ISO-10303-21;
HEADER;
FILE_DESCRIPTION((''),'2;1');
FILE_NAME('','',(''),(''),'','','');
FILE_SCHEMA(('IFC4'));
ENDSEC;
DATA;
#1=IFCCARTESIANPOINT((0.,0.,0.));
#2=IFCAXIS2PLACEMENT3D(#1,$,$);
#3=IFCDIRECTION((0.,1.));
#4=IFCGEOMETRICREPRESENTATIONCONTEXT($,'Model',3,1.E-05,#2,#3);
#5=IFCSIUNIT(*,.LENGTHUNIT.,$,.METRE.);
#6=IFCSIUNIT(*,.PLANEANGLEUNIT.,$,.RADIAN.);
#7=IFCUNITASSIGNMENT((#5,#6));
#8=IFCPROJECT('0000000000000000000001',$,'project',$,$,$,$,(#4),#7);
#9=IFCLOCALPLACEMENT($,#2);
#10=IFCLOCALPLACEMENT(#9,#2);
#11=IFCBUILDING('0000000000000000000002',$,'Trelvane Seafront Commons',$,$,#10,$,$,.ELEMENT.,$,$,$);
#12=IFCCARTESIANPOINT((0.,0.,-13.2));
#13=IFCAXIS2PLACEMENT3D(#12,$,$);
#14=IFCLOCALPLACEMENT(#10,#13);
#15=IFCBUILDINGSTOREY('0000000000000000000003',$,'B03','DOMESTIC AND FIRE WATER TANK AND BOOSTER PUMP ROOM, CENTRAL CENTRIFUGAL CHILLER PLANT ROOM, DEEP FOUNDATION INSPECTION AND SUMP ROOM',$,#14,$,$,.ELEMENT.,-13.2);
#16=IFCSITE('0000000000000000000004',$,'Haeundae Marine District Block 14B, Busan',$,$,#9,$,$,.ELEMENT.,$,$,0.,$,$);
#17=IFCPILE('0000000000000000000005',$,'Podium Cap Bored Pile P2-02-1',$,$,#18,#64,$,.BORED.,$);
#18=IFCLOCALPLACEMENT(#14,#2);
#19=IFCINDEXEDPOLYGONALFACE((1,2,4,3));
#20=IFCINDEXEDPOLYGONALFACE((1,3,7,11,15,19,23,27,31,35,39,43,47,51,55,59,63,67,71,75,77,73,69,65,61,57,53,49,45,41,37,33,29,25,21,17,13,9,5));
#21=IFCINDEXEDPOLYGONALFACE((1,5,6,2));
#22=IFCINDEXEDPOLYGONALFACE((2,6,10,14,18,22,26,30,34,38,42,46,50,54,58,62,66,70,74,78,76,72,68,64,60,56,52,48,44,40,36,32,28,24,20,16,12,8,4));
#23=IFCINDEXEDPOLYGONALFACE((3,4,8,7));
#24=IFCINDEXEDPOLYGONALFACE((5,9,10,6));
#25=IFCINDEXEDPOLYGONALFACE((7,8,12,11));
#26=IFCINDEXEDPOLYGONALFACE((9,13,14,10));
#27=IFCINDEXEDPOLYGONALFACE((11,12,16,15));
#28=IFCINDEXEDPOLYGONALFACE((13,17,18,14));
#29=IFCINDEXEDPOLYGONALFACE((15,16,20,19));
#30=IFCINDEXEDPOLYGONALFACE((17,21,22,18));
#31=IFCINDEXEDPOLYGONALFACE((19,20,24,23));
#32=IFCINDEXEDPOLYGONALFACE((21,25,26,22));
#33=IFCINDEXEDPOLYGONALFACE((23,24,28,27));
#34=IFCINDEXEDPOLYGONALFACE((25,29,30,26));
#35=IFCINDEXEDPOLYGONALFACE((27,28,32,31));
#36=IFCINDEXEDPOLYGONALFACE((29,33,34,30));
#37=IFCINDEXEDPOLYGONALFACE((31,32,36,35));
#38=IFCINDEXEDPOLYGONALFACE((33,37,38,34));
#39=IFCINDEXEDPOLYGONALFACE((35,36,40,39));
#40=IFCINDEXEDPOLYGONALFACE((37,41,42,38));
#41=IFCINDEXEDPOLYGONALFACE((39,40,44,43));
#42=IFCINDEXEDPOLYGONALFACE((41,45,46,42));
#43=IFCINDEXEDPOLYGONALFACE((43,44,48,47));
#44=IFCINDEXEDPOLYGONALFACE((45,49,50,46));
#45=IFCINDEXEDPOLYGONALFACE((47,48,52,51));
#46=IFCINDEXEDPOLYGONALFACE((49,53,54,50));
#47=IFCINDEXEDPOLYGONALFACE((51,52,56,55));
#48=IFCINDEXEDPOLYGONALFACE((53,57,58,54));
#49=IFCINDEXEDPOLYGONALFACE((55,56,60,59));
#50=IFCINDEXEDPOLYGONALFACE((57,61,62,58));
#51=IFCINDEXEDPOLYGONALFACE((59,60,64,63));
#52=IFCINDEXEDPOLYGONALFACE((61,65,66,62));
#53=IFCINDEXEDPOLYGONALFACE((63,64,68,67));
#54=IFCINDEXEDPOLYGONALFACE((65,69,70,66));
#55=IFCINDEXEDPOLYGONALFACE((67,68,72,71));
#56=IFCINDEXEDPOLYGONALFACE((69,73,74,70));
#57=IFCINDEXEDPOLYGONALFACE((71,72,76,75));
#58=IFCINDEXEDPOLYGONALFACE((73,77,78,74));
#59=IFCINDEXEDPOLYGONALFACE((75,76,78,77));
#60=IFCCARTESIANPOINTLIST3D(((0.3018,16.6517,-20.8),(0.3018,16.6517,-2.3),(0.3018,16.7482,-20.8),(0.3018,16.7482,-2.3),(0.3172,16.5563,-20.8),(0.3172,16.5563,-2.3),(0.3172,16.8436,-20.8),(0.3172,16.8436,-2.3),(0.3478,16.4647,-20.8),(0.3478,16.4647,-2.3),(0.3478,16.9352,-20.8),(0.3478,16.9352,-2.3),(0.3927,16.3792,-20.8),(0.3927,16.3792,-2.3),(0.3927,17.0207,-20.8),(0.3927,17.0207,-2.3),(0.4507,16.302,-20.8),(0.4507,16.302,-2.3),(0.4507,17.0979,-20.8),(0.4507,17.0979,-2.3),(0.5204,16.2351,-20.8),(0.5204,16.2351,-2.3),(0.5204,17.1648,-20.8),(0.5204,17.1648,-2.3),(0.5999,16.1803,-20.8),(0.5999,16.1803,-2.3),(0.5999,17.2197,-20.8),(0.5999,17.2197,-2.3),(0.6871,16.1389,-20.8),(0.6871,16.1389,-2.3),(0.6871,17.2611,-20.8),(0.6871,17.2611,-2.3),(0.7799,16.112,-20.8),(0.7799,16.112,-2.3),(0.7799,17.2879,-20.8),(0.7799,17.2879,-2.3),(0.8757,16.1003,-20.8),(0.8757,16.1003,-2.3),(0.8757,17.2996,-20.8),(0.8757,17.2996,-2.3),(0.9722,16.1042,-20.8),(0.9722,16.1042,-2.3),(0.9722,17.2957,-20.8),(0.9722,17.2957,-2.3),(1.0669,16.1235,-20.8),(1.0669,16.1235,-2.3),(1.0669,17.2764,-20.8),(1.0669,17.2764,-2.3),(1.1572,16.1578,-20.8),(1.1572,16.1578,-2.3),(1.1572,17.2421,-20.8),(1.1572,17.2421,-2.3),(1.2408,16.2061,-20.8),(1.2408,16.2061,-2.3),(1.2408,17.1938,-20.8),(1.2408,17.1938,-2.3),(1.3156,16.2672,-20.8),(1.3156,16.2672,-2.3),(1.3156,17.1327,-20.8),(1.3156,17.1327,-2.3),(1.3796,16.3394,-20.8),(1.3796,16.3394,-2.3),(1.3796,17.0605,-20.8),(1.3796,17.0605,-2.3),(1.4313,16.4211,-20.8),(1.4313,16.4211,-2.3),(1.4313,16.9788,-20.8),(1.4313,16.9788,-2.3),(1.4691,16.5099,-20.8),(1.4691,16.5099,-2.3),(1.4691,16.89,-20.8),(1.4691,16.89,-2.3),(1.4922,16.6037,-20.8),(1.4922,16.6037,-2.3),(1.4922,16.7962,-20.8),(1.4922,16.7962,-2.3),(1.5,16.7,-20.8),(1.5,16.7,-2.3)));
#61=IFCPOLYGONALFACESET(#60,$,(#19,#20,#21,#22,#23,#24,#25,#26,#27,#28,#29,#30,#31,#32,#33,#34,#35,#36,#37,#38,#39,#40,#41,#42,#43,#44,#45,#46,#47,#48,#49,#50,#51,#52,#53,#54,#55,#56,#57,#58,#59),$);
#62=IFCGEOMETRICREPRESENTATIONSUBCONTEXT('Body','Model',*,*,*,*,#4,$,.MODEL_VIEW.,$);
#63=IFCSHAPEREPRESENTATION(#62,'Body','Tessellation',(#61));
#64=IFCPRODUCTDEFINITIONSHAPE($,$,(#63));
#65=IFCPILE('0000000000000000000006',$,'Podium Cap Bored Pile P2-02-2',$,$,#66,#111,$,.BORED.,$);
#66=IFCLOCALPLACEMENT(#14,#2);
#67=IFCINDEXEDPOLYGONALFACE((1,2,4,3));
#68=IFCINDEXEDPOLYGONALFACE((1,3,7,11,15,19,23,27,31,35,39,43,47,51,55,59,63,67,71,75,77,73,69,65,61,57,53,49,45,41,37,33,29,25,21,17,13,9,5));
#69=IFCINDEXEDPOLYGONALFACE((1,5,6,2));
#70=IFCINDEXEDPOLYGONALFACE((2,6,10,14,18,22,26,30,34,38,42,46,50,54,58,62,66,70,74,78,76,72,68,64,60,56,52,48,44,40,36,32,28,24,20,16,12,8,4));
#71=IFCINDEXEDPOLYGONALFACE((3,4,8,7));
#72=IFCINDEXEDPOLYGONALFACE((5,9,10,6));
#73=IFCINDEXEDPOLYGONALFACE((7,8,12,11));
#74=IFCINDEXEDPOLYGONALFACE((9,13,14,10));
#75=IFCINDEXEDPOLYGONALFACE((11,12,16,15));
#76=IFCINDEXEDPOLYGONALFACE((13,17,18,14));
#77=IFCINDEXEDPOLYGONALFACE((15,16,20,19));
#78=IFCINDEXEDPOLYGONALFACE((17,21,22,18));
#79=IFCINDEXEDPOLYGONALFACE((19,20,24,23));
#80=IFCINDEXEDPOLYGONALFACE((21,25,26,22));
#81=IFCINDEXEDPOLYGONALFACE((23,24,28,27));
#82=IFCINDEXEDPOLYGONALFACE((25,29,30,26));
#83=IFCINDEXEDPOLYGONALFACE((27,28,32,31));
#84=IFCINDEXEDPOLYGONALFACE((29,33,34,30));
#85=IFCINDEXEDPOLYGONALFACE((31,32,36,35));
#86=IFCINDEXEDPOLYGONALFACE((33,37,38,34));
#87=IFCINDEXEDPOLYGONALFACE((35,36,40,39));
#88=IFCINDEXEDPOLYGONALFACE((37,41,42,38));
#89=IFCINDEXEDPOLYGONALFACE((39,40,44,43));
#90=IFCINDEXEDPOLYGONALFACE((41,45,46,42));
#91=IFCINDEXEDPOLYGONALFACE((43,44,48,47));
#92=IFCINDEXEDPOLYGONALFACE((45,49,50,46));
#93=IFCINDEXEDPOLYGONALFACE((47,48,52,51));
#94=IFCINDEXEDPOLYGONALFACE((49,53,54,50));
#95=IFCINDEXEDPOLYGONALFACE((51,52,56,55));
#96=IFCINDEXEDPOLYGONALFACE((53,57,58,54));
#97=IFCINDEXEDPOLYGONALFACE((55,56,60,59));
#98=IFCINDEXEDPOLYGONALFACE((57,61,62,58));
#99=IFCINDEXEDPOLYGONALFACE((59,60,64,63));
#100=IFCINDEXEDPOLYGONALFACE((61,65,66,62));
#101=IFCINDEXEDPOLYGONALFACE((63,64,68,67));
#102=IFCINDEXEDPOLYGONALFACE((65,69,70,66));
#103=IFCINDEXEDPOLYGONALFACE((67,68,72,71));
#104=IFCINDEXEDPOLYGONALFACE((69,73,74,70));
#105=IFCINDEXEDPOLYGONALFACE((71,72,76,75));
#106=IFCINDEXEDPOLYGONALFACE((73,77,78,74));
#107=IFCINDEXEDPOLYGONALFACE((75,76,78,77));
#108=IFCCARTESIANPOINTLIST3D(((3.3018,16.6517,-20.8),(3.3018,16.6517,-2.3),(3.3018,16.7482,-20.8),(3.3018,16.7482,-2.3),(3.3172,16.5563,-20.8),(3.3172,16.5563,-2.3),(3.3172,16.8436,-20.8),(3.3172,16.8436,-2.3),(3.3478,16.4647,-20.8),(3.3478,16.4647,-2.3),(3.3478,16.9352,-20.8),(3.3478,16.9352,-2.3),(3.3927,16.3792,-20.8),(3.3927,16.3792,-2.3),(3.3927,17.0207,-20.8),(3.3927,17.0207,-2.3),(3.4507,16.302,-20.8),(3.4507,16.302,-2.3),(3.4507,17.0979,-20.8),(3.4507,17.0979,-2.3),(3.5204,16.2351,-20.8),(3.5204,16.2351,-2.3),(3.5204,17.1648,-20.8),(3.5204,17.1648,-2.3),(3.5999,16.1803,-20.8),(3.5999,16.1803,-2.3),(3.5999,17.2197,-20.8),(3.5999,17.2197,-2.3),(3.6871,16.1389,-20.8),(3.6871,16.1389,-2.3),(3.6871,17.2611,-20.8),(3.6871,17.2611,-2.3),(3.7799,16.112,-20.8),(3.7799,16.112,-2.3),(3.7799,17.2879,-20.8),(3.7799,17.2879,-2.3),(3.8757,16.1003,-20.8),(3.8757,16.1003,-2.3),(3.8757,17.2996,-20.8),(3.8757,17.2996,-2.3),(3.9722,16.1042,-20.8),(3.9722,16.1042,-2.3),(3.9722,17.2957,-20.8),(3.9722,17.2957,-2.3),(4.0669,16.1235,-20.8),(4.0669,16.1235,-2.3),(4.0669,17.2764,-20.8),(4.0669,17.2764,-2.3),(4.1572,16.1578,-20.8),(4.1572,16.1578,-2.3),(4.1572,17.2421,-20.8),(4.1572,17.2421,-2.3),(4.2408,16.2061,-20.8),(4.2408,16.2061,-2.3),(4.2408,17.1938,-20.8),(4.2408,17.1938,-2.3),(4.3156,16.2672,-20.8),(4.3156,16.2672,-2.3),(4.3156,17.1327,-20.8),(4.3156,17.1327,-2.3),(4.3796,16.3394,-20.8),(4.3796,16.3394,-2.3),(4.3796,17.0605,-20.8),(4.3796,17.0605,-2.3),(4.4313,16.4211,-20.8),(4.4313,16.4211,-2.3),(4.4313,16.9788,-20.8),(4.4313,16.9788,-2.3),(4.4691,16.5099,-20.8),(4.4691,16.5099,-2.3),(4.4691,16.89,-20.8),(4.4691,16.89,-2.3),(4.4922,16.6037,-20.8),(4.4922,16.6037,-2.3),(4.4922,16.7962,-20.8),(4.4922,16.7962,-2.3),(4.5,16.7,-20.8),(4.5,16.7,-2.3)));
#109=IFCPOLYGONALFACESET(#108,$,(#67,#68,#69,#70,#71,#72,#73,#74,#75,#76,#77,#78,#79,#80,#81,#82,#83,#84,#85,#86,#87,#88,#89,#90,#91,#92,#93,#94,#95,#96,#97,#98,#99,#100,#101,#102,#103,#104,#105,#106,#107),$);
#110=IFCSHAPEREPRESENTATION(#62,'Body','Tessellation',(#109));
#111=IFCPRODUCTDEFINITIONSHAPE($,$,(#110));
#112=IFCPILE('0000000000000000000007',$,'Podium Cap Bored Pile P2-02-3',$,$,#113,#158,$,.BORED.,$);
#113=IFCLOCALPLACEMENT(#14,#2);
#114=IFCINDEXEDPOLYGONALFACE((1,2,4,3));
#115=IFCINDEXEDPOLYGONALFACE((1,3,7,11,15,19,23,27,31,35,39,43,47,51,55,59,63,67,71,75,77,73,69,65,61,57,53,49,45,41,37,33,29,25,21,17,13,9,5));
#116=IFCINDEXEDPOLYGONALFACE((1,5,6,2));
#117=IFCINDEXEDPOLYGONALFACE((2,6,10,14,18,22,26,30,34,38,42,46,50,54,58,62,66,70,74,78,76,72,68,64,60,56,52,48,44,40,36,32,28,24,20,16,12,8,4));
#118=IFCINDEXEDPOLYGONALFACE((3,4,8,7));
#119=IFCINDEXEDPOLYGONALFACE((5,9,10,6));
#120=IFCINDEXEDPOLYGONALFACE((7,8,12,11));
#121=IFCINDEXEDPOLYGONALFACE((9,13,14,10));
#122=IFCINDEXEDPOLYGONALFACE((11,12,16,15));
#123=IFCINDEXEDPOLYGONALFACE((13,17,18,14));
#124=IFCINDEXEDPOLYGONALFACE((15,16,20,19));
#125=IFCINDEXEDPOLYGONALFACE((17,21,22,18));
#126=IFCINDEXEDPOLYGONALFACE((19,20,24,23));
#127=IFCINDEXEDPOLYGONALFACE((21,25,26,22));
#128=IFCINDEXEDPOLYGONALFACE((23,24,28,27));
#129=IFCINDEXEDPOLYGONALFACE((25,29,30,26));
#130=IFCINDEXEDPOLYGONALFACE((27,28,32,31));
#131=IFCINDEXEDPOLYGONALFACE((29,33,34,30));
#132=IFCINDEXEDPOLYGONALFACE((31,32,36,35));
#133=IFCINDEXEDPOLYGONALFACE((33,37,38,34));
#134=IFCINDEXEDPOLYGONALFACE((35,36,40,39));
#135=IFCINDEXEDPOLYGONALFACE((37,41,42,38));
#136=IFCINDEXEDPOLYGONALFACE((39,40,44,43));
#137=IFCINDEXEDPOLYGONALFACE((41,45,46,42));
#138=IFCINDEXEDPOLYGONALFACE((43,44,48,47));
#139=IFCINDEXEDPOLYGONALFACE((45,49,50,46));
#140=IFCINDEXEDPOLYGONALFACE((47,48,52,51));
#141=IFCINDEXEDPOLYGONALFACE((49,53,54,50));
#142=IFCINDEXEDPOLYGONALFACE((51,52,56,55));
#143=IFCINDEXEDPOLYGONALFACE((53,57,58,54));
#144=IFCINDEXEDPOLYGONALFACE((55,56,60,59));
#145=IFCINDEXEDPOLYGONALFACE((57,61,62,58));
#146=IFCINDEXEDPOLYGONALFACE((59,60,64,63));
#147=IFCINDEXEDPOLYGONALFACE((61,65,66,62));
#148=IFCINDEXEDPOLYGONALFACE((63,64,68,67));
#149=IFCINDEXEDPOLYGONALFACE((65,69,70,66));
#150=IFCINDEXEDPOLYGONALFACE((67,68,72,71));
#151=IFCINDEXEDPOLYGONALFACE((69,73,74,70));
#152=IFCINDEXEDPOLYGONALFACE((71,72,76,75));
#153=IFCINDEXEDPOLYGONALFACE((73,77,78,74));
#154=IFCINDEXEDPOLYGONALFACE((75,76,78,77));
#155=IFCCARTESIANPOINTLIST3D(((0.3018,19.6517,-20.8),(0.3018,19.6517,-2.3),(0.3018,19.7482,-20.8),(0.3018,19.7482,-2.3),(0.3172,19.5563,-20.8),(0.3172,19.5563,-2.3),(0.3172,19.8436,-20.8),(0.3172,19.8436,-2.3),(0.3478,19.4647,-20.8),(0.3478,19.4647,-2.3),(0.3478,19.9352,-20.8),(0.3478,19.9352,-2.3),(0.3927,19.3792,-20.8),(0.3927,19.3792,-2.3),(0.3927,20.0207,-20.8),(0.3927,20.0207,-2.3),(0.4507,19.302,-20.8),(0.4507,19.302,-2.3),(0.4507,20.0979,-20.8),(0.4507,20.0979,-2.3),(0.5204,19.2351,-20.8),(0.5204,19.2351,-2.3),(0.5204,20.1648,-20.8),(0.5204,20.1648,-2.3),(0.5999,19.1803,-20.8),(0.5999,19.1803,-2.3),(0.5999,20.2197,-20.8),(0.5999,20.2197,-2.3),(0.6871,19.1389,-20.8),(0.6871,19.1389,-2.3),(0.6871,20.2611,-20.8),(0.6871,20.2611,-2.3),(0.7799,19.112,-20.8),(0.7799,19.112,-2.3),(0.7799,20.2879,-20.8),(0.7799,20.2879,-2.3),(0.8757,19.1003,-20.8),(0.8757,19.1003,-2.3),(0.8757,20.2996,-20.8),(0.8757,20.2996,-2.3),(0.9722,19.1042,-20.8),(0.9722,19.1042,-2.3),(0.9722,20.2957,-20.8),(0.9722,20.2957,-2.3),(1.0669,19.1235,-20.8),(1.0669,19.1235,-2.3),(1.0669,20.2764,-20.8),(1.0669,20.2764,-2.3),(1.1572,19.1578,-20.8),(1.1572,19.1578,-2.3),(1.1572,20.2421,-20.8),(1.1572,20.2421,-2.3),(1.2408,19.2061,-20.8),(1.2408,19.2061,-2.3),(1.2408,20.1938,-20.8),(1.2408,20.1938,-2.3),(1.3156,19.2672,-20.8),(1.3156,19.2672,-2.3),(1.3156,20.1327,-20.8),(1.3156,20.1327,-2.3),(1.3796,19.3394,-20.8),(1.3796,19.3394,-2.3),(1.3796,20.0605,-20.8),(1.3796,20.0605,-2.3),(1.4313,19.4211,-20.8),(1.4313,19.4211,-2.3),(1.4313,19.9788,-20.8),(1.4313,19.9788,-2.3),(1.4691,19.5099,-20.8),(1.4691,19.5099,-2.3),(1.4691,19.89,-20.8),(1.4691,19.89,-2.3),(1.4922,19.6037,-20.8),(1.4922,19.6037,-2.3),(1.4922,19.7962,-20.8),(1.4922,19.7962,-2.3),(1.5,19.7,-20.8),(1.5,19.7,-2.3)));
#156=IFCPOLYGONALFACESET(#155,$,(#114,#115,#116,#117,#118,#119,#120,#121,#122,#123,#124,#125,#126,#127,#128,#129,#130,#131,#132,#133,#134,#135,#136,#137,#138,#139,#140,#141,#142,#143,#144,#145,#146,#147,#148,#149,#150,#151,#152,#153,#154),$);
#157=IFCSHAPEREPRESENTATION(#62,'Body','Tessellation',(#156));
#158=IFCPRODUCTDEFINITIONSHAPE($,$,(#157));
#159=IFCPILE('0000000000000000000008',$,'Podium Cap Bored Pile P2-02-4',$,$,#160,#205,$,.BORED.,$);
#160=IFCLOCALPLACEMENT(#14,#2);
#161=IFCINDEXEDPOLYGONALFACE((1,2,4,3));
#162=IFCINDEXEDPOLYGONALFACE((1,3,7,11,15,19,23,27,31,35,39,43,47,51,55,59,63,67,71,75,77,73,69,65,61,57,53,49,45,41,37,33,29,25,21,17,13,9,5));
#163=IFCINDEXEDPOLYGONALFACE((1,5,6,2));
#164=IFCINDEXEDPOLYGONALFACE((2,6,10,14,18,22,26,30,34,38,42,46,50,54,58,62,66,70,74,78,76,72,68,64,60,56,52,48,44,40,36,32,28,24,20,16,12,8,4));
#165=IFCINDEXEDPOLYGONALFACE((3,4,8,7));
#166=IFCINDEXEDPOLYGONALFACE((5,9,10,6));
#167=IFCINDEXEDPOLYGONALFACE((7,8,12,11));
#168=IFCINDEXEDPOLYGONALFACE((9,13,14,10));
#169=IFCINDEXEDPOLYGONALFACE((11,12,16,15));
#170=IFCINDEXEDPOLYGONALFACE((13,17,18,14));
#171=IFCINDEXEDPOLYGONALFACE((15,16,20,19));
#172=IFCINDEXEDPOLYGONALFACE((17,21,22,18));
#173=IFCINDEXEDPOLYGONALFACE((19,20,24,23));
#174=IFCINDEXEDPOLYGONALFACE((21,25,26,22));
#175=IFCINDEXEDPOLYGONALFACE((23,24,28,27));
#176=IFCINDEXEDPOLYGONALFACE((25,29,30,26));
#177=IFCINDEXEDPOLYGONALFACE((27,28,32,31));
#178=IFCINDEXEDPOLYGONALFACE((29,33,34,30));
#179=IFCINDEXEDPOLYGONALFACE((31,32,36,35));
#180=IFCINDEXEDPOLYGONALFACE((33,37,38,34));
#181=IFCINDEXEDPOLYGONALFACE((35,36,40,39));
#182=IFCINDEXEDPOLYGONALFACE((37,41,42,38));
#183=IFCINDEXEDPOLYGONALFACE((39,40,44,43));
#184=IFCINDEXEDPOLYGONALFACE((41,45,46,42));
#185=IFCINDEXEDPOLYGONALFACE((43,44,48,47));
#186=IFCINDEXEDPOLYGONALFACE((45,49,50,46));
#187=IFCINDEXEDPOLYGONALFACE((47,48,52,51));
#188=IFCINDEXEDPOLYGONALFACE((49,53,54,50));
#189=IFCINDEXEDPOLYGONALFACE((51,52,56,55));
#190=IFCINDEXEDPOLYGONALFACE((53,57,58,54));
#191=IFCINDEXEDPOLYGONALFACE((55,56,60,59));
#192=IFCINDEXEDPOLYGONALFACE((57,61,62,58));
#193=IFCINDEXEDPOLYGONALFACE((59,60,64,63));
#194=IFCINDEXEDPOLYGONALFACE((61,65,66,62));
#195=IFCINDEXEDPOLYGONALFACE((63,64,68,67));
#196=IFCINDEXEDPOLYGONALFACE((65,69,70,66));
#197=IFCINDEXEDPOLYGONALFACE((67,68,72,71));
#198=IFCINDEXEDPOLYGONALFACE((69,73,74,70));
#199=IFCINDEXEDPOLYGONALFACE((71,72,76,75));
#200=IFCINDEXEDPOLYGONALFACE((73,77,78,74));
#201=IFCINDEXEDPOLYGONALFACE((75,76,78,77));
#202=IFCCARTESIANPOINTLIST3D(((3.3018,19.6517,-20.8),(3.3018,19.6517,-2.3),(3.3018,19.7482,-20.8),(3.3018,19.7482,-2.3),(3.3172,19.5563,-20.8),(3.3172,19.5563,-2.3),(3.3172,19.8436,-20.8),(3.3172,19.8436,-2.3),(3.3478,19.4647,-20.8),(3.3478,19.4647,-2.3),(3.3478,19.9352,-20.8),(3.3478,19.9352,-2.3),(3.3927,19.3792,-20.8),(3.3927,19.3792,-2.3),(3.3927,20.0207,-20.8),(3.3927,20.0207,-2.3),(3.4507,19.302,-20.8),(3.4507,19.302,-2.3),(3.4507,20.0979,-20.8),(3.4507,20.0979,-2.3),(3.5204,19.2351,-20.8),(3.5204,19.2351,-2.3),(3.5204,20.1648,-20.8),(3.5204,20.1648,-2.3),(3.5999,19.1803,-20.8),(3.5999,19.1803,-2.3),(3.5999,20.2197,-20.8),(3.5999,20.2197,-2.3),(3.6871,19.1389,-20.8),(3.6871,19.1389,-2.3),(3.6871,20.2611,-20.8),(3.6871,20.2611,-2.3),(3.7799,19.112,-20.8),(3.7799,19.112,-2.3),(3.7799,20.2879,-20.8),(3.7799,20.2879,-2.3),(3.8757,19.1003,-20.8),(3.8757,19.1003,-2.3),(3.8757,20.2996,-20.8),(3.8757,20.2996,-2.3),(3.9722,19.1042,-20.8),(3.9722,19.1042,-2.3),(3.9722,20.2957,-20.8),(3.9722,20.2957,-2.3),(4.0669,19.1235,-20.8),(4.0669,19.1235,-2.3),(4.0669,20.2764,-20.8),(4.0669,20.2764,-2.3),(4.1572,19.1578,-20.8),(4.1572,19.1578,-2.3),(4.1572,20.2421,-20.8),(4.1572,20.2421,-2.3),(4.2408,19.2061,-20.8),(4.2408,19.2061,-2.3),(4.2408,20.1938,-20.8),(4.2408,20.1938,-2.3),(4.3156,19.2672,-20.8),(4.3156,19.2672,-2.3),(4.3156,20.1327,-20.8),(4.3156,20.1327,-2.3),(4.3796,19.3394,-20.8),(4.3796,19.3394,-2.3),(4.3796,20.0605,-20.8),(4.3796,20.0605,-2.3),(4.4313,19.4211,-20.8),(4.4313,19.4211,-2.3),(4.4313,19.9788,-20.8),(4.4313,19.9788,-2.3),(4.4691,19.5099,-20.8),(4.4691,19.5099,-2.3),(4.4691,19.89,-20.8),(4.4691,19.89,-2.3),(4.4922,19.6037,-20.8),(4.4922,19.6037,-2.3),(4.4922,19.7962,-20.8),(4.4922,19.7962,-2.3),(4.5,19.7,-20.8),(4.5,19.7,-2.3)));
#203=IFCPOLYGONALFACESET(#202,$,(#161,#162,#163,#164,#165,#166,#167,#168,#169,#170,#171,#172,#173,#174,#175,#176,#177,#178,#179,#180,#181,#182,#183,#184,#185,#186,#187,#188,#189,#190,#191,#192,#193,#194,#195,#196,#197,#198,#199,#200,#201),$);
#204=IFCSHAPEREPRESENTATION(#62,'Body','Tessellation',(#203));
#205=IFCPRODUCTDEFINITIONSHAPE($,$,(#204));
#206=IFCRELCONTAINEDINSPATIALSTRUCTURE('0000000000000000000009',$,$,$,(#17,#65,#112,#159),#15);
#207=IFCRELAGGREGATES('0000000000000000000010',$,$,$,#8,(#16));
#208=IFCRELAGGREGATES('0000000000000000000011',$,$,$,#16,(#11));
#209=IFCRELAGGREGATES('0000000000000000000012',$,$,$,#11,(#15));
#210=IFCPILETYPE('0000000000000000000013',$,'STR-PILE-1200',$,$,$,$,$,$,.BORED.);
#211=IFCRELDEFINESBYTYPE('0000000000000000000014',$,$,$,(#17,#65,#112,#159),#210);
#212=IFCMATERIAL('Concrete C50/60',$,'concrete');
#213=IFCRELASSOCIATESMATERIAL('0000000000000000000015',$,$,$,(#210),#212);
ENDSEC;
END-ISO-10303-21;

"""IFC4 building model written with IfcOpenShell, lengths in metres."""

from ifc_helpers import new_model, si_unit, direction, frame, origin, origin_2d, place, context, subcontext, project, spatial, circle, extrude, source, transform, mapped, material, material_profile, profile_set, type_object, element, save


model = new_model("IFC4")

# Units and contexts
model_context = context("Model", 3, precision=1e-05, world=origin(), true_north=direction((0.0, 1.0)))
body_context = subcontext(model_context, "Body", "Model", "MODEL_VIEW")
ifc_project = project(units=[si_unit("LENGTHUNIT", "METRE"), si_unit("PLANEANGLEUNIT", "RADIAN")], contexts=[model_context])

# Site, building, storey
site_placement = place(None, origin())
site = spatial("IfcSite", under=ifc_project, at=site_placement, Name="Haeundae Marine District Block 14B, Busan", CompositionType="ELEMENT", RefElevation=0.0)
building_placement = place(site_placement, origin())
building = spatial("IfcBuilding", under=site, at=building_placement, Name="Trelvane Seafront Commons", CompositionType="ELEMENT")
storey_placement = place(building_placement, frame((0.0, 0.0, -13.2)))
storey = spatial("IfcBuildingStorey", under=building, at=storey_placement, Name="B03", Description="DOMESTIC AND FIRE WATER TANK AND BOOSTER PUMP ROOM, CENTRAL CENTRIFUGAL CHILLER PLANT ROOM, DEEP FOUNDATION INSPECTION AND SUMP ROOM", CompositionType="ELEMENT", Elevation=-13.2)

# Piles
ifc_material_1 = material(Name="Concrete C50/60", Category="concrete")
ifc_material_profile_1 = material_profile(ifc_material_1, circle(Radius=0.6001, at=origin_2d()), Name="PILE-1200")
ifc_profile_set_1 = profile_set([ifc_material_profile_1], Name="Concrete C50/60")
pile_type = type_object("IfcPileType", Name="STR-PILE-1200", PredefinedType="BORED", material=ifc_profile_set_1)
shared_shape_1 = source(origin(), body_context, "Body", "SweptSolid", [
    extrude(circle(Radius=0.6001, at=origin_2d()), origin(), (0.0, 0.0, 1.0), 18.5),
])
for number, where, z_axis, x_axis, name in (
    (1, (0.8999, 16.7, -2.3), (0.0, 0.0, -1.0), (1.0, 0.0, 0.0), "Podium Cap Bored Pile P2-02-1"),
    (2, (3.8999, 16.7, -2.3), (0.0, 0.0, -1.0), (1.0, 0.0, 0.0), "Podium Cap Bored Pile P2-02-2"),
    (3, (0.8999, 19.7, -2.3), (0.0, 0.0, -1.0), (1.0, 0.0, 0.0), "Podium Cap Bored Pile P2-02-3"),
    (4, (3.8999, 19.7, -2.3), (0.0, 0.0, -1.0), (1.0, 0.0, 0.0), "Podium Cap Bored Pile P2-02-4"),
):
    element("IfcPile", number, at=place(storey_placement, frame(where, z_axis=z_axis, x_axis=x_axis)), inside=storey, type_object=pile_type, Name=name, PredefinedType="BORED", context=body_context, shape_type="MappedRepresentation", body=[
        mapped(shared_shape_1, transform((0.0, 0.0, 0.0), x_axis=(1.0, 0.0, 0.0), y_axis=(0.0, 1.0, 0.0), z_axis=(0.0, 0.0, 1.0), scale=1.0)),
    ])

save(model, "model.ifc")
